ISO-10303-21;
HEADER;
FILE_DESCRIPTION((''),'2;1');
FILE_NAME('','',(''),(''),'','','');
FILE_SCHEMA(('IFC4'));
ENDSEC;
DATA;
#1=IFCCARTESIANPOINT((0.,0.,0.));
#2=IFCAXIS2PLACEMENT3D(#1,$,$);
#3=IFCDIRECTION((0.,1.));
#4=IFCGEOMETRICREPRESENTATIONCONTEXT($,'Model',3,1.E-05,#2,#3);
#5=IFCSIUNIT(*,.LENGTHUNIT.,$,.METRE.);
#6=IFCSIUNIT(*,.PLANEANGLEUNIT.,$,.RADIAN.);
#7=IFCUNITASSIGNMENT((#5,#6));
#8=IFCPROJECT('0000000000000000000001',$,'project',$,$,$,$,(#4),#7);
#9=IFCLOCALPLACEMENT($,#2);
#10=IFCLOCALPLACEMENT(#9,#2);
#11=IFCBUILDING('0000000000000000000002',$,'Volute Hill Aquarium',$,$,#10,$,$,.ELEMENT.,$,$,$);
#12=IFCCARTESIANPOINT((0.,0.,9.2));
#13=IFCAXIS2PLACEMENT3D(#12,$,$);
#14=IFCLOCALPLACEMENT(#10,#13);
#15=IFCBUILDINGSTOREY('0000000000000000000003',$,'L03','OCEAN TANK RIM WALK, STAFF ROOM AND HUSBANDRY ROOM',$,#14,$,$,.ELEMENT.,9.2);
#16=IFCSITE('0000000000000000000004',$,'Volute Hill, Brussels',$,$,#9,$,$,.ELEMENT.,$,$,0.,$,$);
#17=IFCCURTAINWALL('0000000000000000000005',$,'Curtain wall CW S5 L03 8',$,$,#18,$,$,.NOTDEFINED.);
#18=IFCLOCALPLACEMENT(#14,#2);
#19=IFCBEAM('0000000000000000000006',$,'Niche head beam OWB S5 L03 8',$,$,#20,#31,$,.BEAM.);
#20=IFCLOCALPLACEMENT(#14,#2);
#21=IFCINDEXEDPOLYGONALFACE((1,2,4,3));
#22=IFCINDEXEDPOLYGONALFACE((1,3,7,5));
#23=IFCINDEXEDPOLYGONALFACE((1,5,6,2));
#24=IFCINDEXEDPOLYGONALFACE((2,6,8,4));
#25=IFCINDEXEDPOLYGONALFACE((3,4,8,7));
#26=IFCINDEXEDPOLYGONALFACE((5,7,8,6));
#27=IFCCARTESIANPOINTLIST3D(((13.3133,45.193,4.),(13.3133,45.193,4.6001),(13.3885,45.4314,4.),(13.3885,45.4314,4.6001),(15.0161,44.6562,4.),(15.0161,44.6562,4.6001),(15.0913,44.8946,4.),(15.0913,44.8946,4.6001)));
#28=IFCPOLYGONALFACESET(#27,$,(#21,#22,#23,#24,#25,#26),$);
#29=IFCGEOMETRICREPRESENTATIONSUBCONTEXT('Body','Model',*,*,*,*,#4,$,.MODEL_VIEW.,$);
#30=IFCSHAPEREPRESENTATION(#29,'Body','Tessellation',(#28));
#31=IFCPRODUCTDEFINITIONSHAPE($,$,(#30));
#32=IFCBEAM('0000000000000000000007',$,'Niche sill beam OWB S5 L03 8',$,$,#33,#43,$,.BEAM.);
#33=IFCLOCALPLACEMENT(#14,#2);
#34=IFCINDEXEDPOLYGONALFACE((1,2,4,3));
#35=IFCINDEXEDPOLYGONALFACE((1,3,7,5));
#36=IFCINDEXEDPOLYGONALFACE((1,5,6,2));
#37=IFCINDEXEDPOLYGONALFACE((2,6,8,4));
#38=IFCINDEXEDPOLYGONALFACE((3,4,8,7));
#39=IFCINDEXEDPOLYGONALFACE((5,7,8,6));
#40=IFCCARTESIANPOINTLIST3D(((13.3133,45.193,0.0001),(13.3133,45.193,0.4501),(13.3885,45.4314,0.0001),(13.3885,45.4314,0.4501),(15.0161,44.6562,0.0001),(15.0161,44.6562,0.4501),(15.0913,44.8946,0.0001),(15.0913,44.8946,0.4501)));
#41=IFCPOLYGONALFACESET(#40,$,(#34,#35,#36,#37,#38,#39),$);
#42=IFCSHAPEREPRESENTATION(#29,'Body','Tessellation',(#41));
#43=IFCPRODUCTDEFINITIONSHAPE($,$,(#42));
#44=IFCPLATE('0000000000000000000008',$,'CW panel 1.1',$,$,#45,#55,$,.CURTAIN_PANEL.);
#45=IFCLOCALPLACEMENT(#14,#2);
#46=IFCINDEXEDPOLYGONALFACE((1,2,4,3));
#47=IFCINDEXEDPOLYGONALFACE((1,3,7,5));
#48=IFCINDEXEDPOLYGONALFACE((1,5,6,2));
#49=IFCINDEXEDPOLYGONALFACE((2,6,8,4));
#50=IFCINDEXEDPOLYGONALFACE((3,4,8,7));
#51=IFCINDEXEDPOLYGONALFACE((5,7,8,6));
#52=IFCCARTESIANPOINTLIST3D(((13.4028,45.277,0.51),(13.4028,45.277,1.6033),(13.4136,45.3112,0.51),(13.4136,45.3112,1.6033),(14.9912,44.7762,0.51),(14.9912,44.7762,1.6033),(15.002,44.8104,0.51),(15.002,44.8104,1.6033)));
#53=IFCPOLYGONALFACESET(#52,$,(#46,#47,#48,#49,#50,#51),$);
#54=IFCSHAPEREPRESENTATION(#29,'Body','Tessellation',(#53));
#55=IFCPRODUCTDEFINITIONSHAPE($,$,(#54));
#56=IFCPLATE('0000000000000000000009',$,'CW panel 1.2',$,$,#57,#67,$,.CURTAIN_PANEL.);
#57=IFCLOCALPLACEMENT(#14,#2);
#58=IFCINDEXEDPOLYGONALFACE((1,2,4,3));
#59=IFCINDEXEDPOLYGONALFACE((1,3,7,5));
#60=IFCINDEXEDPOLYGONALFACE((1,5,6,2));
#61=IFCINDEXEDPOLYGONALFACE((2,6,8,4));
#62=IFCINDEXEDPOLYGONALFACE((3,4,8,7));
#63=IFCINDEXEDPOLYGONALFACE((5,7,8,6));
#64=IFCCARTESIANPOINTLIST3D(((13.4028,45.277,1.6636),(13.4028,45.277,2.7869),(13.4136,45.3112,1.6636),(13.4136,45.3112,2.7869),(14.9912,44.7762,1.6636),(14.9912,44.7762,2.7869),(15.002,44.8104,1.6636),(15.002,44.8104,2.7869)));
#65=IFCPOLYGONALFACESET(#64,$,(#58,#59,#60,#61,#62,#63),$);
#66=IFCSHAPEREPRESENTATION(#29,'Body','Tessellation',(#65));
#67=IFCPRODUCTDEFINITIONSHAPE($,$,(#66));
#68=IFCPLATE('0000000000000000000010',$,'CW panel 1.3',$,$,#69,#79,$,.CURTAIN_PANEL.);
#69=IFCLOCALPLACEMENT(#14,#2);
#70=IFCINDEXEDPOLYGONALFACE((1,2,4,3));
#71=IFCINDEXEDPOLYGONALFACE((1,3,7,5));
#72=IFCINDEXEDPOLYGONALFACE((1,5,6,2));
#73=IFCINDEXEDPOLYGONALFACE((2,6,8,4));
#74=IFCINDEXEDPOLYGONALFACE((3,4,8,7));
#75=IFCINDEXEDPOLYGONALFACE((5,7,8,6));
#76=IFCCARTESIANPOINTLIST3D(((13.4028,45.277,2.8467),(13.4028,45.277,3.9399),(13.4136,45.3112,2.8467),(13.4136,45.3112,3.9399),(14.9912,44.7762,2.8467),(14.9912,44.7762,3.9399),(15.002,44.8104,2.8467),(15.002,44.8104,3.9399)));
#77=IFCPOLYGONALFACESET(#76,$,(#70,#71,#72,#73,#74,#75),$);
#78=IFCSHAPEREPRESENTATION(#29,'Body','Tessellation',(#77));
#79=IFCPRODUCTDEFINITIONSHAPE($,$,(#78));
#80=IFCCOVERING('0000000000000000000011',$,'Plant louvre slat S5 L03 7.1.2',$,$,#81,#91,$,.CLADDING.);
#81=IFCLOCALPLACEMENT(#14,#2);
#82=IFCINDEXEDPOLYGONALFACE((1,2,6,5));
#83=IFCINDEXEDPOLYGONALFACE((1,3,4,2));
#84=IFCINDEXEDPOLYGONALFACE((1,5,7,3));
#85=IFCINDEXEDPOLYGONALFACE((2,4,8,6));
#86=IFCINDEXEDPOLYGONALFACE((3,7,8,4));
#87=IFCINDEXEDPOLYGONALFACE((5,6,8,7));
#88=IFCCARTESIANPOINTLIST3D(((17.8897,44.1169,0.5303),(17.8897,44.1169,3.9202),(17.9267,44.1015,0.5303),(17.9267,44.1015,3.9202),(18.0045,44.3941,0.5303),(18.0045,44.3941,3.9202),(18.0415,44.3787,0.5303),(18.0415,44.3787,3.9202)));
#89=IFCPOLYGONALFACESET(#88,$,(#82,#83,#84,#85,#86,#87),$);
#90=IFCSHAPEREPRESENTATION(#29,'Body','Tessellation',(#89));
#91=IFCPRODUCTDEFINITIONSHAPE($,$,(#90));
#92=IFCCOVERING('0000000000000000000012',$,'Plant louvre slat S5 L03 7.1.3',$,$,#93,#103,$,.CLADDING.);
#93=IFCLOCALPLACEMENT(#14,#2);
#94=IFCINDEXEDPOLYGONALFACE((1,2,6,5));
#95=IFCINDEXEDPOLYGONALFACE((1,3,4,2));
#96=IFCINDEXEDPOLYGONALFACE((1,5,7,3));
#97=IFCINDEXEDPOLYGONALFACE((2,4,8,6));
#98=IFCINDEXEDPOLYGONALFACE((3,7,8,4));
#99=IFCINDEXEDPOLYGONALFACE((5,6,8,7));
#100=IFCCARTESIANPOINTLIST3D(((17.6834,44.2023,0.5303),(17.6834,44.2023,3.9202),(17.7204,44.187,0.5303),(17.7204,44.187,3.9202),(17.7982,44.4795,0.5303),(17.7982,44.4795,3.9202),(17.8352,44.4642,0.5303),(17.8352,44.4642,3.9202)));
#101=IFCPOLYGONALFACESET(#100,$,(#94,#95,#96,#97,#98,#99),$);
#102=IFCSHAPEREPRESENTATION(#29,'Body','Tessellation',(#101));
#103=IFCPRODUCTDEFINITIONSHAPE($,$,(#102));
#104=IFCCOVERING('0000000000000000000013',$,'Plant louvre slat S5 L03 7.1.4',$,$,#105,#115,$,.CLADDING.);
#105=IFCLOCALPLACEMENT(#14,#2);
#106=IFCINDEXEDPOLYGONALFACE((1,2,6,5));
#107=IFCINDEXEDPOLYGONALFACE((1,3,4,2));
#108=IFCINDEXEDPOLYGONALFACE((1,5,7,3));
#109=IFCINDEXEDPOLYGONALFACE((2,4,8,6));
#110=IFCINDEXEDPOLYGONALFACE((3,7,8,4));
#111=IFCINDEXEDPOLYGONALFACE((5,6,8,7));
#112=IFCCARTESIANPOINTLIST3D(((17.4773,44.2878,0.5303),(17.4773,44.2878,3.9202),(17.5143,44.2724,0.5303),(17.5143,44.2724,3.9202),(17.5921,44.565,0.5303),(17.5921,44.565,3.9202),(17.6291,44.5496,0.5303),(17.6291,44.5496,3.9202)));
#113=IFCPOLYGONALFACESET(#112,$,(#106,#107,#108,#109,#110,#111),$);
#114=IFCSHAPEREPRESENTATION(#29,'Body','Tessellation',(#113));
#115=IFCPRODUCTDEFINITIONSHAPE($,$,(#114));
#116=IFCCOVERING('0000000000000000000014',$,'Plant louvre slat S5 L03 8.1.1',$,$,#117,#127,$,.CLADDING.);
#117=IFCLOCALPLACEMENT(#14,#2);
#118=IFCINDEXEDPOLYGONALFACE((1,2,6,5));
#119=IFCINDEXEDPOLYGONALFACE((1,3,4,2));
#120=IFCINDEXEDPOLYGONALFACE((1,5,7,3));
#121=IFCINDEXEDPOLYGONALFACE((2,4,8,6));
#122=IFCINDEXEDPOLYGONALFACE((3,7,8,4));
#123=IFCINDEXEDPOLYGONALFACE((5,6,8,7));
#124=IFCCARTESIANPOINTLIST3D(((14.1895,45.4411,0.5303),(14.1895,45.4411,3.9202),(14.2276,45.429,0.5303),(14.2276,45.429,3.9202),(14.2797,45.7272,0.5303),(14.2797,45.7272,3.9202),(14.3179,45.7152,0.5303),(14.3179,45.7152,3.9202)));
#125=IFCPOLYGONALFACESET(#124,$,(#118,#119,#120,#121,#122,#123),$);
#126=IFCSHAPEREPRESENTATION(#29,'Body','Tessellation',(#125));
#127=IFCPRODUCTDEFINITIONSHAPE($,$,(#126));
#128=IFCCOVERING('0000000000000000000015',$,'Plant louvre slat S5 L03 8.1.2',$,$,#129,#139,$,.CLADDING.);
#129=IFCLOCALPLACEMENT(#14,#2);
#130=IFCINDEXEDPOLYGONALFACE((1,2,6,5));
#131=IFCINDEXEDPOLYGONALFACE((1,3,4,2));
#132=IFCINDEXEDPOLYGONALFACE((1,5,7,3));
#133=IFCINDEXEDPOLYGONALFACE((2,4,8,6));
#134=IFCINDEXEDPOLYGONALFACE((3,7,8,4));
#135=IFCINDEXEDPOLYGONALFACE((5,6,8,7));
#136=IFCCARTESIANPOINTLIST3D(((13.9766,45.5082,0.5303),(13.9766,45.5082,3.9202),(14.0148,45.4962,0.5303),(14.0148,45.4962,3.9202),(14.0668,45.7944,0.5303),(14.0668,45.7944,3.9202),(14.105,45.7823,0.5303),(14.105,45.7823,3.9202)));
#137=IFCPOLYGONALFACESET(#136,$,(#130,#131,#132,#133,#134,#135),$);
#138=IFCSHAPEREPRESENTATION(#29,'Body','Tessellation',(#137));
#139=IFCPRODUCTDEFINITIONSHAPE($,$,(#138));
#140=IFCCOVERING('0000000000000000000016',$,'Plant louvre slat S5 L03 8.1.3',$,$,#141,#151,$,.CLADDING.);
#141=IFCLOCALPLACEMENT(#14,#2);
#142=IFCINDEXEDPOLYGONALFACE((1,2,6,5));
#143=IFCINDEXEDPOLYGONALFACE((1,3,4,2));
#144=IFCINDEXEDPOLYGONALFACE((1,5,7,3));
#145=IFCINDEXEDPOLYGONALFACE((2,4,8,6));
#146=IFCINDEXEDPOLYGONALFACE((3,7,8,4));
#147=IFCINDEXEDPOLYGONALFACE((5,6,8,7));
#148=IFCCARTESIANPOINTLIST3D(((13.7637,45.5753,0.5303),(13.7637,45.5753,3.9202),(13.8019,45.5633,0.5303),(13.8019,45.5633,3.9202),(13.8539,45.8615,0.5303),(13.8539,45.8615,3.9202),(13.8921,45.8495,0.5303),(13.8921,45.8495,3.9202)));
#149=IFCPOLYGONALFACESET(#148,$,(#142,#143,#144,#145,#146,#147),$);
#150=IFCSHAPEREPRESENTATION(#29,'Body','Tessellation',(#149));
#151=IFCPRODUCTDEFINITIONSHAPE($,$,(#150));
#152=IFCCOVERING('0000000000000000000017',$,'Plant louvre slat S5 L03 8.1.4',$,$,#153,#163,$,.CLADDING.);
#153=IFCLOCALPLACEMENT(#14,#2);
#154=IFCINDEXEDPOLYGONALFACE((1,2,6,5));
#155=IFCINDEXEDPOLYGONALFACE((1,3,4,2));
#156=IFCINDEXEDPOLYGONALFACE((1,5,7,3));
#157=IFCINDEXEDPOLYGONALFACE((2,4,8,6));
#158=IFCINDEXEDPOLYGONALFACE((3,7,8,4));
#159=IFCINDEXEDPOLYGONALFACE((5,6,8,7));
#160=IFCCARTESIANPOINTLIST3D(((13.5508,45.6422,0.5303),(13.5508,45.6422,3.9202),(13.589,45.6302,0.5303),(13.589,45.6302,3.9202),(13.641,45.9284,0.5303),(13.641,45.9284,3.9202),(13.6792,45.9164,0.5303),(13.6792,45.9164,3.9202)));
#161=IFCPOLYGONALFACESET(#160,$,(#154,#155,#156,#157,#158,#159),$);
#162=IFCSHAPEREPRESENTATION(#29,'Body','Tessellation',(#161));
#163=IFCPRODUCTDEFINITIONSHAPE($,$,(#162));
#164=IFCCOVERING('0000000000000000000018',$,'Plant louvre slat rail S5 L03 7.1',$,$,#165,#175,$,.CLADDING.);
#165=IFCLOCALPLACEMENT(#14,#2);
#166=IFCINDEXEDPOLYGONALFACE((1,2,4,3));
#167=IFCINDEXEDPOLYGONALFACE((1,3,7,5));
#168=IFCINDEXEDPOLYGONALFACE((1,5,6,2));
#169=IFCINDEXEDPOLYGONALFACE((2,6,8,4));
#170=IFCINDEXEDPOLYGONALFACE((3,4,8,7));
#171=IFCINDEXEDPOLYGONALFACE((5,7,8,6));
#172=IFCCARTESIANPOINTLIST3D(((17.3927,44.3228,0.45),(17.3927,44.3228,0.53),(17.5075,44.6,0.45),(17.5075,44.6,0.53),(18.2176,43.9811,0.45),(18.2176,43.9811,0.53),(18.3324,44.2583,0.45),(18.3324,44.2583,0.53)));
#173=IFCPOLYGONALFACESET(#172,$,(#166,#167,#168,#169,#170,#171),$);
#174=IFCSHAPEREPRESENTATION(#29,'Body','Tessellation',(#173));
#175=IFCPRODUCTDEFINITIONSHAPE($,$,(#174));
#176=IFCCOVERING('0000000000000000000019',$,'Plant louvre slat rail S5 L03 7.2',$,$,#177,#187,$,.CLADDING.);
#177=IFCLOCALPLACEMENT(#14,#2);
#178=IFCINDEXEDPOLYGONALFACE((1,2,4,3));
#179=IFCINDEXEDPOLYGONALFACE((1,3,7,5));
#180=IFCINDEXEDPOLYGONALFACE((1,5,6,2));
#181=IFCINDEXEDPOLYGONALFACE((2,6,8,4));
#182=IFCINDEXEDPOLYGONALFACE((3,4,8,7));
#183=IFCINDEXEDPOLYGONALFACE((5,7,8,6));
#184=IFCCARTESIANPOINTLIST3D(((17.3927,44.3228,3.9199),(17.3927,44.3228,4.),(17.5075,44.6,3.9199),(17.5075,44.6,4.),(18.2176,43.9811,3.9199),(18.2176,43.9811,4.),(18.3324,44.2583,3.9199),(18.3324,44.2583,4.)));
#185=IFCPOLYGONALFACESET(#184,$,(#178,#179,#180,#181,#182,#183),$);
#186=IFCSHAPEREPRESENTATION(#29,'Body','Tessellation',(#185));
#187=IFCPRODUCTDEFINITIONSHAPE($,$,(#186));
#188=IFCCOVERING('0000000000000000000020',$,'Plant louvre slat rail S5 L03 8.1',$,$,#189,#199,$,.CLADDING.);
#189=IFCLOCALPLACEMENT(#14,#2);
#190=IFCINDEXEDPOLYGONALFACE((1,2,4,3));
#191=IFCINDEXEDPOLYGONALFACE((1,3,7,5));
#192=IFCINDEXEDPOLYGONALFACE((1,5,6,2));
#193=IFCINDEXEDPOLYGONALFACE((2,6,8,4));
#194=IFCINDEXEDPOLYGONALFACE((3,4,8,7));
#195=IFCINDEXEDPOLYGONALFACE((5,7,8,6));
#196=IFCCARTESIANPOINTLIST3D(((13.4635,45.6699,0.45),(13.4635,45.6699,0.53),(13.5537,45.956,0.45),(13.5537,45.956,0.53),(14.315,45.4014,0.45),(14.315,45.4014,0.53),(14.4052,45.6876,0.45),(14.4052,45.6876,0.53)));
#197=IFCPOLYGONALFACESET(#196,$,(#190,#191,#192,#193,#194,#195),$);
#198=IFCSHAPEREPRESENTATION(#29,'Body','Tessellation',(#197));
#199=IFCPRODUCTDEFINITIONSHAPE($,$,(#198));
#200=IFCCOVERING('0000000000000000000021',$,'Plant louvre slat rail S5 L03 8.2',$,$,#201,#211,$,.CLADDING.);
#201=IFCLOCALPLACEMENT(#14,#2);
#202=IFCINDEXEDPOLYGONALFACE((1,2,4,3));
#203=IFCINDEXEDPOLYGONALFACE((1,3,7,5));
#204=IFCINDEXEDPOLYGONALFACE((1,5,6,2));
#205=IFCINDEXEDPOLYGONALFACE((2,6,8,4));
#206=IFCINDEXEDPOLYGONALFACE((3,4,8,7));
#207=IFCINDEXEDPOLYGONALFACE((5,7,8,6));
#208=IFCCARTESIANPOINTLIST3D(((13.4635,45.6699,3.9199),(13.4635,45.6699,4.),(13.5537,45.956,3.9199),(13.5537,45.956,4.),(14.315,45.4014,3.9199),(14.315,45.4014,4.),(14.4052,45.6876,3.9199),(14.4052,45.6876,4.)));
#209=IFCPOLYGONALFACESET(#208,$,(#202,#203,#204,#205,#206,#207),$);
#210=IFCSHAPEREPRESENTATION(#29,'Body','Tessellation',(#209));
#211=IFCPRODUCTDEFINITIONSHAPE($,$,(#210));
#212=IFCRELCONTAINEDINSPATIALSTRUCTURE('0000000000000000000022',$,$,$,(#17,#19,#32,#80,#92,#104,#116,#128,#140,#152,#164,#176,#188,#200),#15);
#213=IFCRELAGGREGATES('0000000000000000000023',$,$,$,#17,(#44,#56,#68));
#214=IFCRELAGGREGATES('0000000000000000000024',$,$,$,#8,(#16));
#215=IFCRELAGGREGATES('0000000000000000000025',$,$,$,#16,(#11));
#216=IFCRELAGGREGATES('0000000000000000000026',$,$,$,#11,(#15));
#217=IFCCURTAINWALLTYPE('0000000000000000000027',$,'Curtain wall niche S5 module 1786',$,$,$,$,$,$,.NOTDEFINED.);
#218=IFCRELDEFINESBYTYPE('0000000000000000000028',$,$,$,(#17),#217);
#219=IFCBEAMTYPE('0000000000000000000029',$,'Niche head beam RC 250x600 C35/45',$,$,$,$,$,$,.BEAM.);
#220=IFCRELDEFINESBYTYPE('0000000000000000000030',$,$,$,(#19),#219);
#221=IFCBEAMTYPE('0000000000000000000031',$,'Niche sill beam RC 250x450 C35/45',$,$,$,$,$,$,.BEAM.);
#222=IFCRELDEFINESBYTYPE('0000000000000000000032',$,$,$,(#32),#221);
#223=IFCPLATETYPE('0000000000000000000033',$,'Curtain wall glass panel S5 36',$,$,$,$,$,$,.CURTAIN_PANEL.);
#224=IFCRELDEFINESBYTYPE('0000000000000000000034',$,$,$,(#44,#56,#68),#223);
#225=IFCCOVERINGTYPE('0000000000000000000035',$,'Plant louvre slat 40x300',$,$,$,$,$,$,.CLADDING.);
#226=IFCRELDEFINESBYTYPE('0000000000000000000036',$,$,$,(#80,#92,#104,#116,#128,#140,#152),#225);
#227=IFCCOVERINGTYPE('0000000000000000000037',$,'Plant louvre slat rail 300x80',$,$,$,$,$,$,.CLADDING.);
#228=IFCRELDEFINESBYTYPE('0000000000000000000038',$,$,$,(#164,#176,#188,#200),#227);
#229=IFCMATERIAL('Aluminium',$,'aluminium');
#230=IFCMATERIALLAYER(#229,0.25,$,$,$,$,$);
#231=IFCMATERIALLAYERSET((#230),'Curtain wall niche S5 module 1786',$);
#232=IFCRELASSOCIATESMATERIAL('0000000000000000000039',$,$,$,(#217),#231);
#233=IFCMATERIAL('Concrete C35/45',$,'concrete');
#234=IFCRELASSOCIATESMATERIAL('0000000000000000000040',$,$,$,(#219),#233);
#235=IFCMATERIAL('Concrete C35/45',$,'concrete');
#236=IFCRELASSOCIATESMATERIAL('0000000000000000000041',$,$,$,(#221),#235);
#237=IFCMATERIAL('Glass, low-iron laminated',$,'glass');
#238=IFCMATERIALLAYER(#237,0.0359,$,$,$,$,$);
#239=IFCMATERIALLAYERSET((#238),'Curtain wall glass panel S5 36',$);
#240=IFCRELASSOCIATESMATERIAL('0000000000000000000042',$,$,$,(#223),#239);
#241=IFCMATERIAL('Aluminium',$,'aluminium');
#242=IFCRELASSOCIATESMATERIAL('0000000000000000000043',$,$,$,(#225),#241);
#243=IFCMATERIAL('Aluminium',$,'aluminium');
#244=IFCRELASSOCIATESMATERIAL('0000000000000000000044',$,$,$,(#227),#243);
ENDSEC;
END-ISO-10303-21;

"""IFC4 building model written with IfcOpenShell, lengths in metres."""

from ifc_helpers import new_model, si_unit, direction, frame, origin, origin_2d, place, context, subcontext, project, spatial, rectangle, extrude, material, layer, layer_set, material_profile, profile_set, type_object, element, aggregate, save


model = new_model("IFC4")

# Units and contexts
model_context = context("Model", 3, precision=1e-05, world=origin(), true_north=direction((0.0, 1.0)))
body_context = subcontext(model_context, "Body", "Model", "MODEL_VIEW")
ifc_project = project(units=[si_unit("LENGTHUNIT", "METRE"), si_unit("PLANEANGLEUNIT", "RADIAN")], contexts=[model_context])

# Site, building, storey
site_placement = place(None, origin())
site = spatial("IfcSite", under=ifc_project, at=site_placement, Name="Volute Hill, Brussels", CompositionType="ELEMENT", RefElevation=0.0)
building_placement = place(site_placement, origin())
building = spatial("IfcBuilding", under=site, at=building_placement, Name="Volute Hill Aquarium", CompositionType="ELEMENT")
storey_placement = place(building_placement, frame((0.0, 0.0, 9.2)))
storey = spatial("IfcBuildingStorey", under=building, at=storey_placement, Name="L03", Description="OCEAN TANK RIM WALK, STAFF ROOM AND HUSBANDRY ROOM", CompositionType="ELEMENT", Elevation=9.2)

# Shared definitions
ifc_material_1 = material(Name="Aluminium", Category="aluminium")
ifc_layer_1 = layer(ifc_material_1, 0.25)
ifc_layer_set_1 = layer_set([ifc_layer_1], Name="Curtain wall niche S5 module 1786")
curtain_wall_type = type_object("IfcCurtainWallType", Name="Curtain wall niche S5 module 1786", PredefinedType="NOTDEFINED", material=ifc_layer_set_1)

# Curtain wall
curtain_wall_1_placement = place(storey_placement, origin())
curtain_wall_1 = element("IfcCurtainWall", 1, at=curtain_wall_1_placement, inside=storey, type_object=curtain_wall_type, Name="Curtain wall CW S5 L03 8", PredefinedType="NOTDEFINED")

# Beams
ifc_material_2 = material(Name="Concrete C35/45", Category="concrete")
ifc_material_profile_1 = material_profile(ifc_material_2, rectangle(XDim=0.25, YDim=0.6001, at=origin_2d()), Name="RC beam 250x600")
ifc_profile_set_1 = profile_set([ifc_material_profile_1], Name="Concrete C35/45")
beam_type_1 = type_object("IfcBeamType", Name="Niche head beam RC 250x600 C35/45", PredefinedType="BEAM", material=ifc_profile_set_1)
beam_1_placement = place(storey_placement, frame((15.0537, 44.7754, 4.3), z_axis=(-0.953725, 0.30068, 0.0), x_axis=(-0.30068, -0.953725, 0.0)))
element("IfcBeam", 2, at=beam_1_placement, inside=storey, type_object=beam_type_1, Name="Niche head beam OWB S5 L03 8", PredefinedType="BEAM", context=body_context, shape_type="SweptSolid", body=[
    extrude(rectangle(XDim=0.25, YDim=0.6001, at=origin_2d()), origin(), (0.0, 0.0, 1.0), 1.7854),
])
ifc_material_3 = material(Name="Concrete C35/45", Category="concrete")
ifc_material_profile_2 = material_profile(ifc_material_3, rectangle(XDim=0.25, YDim=0.45, at=origin_2d()), Name="RC beam 250x450")
ifc_profile_set_2 = profile_set([ifc_material_profile_2], Name="Concrete C35/45")
beam_type_2 = type_object("IfcBeamType", Name="Niche sill beam RC 250x450 C35/45", PredefinedType="BEAM", material=ifc_profile_set_2)
beam_2_placement = place(storey_placement, frame((15.0537, 44.7754, 0.2251), z_axis=(-0.953725, 0.30068, 0.0), x_axis=(-0.30068, -0.953725, 0.0)))
element("IfcBeam", 3, at=beam_2_placement, inside=storey, type_object=beam_type_2, Name="Niche sill beam OWB S5 L03 8", PredefinedType="BEAM", context=body_context, shape_type="SweptSolid", body=[
    extrude(rectangle(XDim=0.25, YDim=0.45, at=origin_2d()), origin(), (0.0, 0.0, 1.0), 1.7854),
])

# Plates
ifc_material_4 = material(Name="Glass, low-iron laminated", Category="glass")
ifc_layer_2 = layer(ifc_material_4, 0.0359)
ifc_layer_set_2 = layer_set([ifc_layer_2], Name="Curtain wall glass panel S5 36")
plate_type = type_object("IfcPlateType", Name="Curtain wall glass panel S5 36", PredefinedType="CURTAIN_PANEL", material=ifc_layer_set_2)
plate_1_placement = place(storey_placement, frame((14.2024, 45.0437, 0.51), z_axis=(0.0, 0.0, 1.0), x_axis=(-0.953718, 0.300704, 0.0)))
plate_1 = element("IfcPlate", 4, at=plate_1_placement, type_object=plate_type, Name="CW panel 1.1", PredefinedType="CURTAIN_PANEL", context=body_context, shape_type="SweptSolid", body=[
    extrude(rectangle(XDim=1.6655, YDim=0.0359, at=origin_2d()), origin(), (0.0, 0.0, 1.0), 1.0933),
])
plate_2_placement = place(storey_placement, frame((14.2024, 45.0437, 1.6636), z_axis=(0.0, 0.0, 1.0), x_axis=(-0.953718, 0.300704, 0.0)))
plate_2 = element("IfcPlate", 5, at=plate_2_placement, type_object=plate_type, Name="CW panel 1.2", PredefinedType="CURTAIN_PANEL", context=body_context, shape_type="SweptSolid", body=[
    extrude(rectangle(XDim=1.6655, YDim=0.0359, at=origin_2d()), origin(), (0.0, 0.0, 1.0), 1.1233),
])
plate_3_placement = place(storey_placement, frame((14.2024, 45.0437, 2.8467), z_axis=(0.0, 0.0, 1.0), x_axis=(-0.953718, 0.300704, 0.0)))
plate_3 = element("IfcPlate", 6, at=plate_3_placement, type_object=plate_type, Name="CW panel 1.3", PredefinedType="CURTAIN_PANEL", context=body_context, shape_type="SweptSolid", body=[
    extrude(rectangle(XDim=1.6655, YDim=0.0359, at=origin_2d()), origin(), (0.0, 0.0, 1.0), 1.0933),
])
aggregate(curtain_wall_1, [plate_1, plate_2, plate_3])

# Coverings
ifc_material_5 = material(Name="Aluminium", Category="aluminium")
covering_type_1 = type_object("IfcCoveringType", Name="Plant louvre slat 40x300", PredefinedType="CLADDING", material=ifc_material_5)
for number, where, z_axis, x_axis, name in (
    (7, (17.9656, 44.2478, 0.5303), (0.0, 0.0, 1.0), (-0.923879, 0.382686, 0.0), "Plant louvre slat S5 L03 7.1.2"),
    (8, (17.7593, 44.3333, 0.5303), (0.0, 0.0, 1.0), (-0.923879, 0.382686, 0.0), "Plant louvre slat S5 L03 7.1.3"),
    (9, (17.5532, 44.4187, 0.5303), (0.0, 0.0, 1.0), (-0.923879, 0.382686, 0.0), "Plant louvre slat S5 L03 7.1.4"),
    (10, (14.2537, 45.5781, 0.5303), (0.0, 0.0, 1.0), (-0.953718, 0.300704, 0.0), "Plant louvre slat S5 L03 8.1.1"),
    (11, (14.0408, 45.6453, 0.5303), (0.0, 0.0, 1.0), (-0.953718, 0.300704, 0.0), "Plant louvre slat S5 L03 8.1.2"),
    (12, (13.8279, 45.7124, 0.5303), (0.0, 0.0, 1.0), (-0.953718, 0.300704, 0.0), "Plant louvre slat S5 L03 8.1.3"),
    (13, (13.615, 45.7793, 0.5303), (0.0, 0.0, 1.0), (-0.953718, 0.300704, 0.0), "Plant louvre slat S5 L03 8.1.4"),
):
    element("IfcCovering", number, at=place(storey_placement, frame(where, z_axis=z_axis, x_axis=x_axis)), inside=storey, type_object=covering_type_1, Name=name, PredefinedType="CLADDING", context=body_context, shape_type="SweptSolid", body=[
        extrude(rectangle(XDim=0.04, YDim=0.3, at=origin_2d()), origin(), (0.0, 0.0, 1.0), 3.3899),
    ])
ifc_material_6 = material(Name="Aluminium", Category="aluminium")
covering_type_2 = type_object("IfcCoveringType", Name="Plant louvre slat rail 300x80", PredefinedType="CLADDING", material=ifc_material_6)
for number, where, z_axis, x_axis, name in (
    (14, (17.8625, 44.2905, 0.45), (0.0, 0.0, 1.0), (-0.923879, 0.382686, 0.0), "Plant louvre slat rail S5 L03 7.1"),
    (15, (17.8625, 44.2905, 3.9199), (0.0, 0.0, 1.0), (-0.923879, 0.382686, 0.0), "Plant louvre slat rail S5 L03 7.2"),
    (16, (13.9343, 45.6787, 0.45), (0.0, 0.0, 1.0), (-0.953718, 0.300704, 0.0), "Plant louvre slat rail S5 L03 8.1"),
    (17, (13.9343, 45.6787, 3.9199), (0.0, 0.0, 1.0), (-0.953718, 0.300704, 0.0), "Plant louvre slat rail S5 L03 8.2"),
):
    element("IfcCovering", number, at=place(storey_placement, frame(where, z_axis=z_axis, x_axis=x_axis)), inside=storey, type_object=covering_type_2, Name=name, PredefinedType="CLADDING", context=body_context, shape_type="SweptSolid", body=[
        extrude(rectangle(XDim=0.8928, YDim=0.3, at=origin_2d()), origin(), (0.0, 0.0, 1.0), 0.0801),
    ])

save(model, "model.ifc")
